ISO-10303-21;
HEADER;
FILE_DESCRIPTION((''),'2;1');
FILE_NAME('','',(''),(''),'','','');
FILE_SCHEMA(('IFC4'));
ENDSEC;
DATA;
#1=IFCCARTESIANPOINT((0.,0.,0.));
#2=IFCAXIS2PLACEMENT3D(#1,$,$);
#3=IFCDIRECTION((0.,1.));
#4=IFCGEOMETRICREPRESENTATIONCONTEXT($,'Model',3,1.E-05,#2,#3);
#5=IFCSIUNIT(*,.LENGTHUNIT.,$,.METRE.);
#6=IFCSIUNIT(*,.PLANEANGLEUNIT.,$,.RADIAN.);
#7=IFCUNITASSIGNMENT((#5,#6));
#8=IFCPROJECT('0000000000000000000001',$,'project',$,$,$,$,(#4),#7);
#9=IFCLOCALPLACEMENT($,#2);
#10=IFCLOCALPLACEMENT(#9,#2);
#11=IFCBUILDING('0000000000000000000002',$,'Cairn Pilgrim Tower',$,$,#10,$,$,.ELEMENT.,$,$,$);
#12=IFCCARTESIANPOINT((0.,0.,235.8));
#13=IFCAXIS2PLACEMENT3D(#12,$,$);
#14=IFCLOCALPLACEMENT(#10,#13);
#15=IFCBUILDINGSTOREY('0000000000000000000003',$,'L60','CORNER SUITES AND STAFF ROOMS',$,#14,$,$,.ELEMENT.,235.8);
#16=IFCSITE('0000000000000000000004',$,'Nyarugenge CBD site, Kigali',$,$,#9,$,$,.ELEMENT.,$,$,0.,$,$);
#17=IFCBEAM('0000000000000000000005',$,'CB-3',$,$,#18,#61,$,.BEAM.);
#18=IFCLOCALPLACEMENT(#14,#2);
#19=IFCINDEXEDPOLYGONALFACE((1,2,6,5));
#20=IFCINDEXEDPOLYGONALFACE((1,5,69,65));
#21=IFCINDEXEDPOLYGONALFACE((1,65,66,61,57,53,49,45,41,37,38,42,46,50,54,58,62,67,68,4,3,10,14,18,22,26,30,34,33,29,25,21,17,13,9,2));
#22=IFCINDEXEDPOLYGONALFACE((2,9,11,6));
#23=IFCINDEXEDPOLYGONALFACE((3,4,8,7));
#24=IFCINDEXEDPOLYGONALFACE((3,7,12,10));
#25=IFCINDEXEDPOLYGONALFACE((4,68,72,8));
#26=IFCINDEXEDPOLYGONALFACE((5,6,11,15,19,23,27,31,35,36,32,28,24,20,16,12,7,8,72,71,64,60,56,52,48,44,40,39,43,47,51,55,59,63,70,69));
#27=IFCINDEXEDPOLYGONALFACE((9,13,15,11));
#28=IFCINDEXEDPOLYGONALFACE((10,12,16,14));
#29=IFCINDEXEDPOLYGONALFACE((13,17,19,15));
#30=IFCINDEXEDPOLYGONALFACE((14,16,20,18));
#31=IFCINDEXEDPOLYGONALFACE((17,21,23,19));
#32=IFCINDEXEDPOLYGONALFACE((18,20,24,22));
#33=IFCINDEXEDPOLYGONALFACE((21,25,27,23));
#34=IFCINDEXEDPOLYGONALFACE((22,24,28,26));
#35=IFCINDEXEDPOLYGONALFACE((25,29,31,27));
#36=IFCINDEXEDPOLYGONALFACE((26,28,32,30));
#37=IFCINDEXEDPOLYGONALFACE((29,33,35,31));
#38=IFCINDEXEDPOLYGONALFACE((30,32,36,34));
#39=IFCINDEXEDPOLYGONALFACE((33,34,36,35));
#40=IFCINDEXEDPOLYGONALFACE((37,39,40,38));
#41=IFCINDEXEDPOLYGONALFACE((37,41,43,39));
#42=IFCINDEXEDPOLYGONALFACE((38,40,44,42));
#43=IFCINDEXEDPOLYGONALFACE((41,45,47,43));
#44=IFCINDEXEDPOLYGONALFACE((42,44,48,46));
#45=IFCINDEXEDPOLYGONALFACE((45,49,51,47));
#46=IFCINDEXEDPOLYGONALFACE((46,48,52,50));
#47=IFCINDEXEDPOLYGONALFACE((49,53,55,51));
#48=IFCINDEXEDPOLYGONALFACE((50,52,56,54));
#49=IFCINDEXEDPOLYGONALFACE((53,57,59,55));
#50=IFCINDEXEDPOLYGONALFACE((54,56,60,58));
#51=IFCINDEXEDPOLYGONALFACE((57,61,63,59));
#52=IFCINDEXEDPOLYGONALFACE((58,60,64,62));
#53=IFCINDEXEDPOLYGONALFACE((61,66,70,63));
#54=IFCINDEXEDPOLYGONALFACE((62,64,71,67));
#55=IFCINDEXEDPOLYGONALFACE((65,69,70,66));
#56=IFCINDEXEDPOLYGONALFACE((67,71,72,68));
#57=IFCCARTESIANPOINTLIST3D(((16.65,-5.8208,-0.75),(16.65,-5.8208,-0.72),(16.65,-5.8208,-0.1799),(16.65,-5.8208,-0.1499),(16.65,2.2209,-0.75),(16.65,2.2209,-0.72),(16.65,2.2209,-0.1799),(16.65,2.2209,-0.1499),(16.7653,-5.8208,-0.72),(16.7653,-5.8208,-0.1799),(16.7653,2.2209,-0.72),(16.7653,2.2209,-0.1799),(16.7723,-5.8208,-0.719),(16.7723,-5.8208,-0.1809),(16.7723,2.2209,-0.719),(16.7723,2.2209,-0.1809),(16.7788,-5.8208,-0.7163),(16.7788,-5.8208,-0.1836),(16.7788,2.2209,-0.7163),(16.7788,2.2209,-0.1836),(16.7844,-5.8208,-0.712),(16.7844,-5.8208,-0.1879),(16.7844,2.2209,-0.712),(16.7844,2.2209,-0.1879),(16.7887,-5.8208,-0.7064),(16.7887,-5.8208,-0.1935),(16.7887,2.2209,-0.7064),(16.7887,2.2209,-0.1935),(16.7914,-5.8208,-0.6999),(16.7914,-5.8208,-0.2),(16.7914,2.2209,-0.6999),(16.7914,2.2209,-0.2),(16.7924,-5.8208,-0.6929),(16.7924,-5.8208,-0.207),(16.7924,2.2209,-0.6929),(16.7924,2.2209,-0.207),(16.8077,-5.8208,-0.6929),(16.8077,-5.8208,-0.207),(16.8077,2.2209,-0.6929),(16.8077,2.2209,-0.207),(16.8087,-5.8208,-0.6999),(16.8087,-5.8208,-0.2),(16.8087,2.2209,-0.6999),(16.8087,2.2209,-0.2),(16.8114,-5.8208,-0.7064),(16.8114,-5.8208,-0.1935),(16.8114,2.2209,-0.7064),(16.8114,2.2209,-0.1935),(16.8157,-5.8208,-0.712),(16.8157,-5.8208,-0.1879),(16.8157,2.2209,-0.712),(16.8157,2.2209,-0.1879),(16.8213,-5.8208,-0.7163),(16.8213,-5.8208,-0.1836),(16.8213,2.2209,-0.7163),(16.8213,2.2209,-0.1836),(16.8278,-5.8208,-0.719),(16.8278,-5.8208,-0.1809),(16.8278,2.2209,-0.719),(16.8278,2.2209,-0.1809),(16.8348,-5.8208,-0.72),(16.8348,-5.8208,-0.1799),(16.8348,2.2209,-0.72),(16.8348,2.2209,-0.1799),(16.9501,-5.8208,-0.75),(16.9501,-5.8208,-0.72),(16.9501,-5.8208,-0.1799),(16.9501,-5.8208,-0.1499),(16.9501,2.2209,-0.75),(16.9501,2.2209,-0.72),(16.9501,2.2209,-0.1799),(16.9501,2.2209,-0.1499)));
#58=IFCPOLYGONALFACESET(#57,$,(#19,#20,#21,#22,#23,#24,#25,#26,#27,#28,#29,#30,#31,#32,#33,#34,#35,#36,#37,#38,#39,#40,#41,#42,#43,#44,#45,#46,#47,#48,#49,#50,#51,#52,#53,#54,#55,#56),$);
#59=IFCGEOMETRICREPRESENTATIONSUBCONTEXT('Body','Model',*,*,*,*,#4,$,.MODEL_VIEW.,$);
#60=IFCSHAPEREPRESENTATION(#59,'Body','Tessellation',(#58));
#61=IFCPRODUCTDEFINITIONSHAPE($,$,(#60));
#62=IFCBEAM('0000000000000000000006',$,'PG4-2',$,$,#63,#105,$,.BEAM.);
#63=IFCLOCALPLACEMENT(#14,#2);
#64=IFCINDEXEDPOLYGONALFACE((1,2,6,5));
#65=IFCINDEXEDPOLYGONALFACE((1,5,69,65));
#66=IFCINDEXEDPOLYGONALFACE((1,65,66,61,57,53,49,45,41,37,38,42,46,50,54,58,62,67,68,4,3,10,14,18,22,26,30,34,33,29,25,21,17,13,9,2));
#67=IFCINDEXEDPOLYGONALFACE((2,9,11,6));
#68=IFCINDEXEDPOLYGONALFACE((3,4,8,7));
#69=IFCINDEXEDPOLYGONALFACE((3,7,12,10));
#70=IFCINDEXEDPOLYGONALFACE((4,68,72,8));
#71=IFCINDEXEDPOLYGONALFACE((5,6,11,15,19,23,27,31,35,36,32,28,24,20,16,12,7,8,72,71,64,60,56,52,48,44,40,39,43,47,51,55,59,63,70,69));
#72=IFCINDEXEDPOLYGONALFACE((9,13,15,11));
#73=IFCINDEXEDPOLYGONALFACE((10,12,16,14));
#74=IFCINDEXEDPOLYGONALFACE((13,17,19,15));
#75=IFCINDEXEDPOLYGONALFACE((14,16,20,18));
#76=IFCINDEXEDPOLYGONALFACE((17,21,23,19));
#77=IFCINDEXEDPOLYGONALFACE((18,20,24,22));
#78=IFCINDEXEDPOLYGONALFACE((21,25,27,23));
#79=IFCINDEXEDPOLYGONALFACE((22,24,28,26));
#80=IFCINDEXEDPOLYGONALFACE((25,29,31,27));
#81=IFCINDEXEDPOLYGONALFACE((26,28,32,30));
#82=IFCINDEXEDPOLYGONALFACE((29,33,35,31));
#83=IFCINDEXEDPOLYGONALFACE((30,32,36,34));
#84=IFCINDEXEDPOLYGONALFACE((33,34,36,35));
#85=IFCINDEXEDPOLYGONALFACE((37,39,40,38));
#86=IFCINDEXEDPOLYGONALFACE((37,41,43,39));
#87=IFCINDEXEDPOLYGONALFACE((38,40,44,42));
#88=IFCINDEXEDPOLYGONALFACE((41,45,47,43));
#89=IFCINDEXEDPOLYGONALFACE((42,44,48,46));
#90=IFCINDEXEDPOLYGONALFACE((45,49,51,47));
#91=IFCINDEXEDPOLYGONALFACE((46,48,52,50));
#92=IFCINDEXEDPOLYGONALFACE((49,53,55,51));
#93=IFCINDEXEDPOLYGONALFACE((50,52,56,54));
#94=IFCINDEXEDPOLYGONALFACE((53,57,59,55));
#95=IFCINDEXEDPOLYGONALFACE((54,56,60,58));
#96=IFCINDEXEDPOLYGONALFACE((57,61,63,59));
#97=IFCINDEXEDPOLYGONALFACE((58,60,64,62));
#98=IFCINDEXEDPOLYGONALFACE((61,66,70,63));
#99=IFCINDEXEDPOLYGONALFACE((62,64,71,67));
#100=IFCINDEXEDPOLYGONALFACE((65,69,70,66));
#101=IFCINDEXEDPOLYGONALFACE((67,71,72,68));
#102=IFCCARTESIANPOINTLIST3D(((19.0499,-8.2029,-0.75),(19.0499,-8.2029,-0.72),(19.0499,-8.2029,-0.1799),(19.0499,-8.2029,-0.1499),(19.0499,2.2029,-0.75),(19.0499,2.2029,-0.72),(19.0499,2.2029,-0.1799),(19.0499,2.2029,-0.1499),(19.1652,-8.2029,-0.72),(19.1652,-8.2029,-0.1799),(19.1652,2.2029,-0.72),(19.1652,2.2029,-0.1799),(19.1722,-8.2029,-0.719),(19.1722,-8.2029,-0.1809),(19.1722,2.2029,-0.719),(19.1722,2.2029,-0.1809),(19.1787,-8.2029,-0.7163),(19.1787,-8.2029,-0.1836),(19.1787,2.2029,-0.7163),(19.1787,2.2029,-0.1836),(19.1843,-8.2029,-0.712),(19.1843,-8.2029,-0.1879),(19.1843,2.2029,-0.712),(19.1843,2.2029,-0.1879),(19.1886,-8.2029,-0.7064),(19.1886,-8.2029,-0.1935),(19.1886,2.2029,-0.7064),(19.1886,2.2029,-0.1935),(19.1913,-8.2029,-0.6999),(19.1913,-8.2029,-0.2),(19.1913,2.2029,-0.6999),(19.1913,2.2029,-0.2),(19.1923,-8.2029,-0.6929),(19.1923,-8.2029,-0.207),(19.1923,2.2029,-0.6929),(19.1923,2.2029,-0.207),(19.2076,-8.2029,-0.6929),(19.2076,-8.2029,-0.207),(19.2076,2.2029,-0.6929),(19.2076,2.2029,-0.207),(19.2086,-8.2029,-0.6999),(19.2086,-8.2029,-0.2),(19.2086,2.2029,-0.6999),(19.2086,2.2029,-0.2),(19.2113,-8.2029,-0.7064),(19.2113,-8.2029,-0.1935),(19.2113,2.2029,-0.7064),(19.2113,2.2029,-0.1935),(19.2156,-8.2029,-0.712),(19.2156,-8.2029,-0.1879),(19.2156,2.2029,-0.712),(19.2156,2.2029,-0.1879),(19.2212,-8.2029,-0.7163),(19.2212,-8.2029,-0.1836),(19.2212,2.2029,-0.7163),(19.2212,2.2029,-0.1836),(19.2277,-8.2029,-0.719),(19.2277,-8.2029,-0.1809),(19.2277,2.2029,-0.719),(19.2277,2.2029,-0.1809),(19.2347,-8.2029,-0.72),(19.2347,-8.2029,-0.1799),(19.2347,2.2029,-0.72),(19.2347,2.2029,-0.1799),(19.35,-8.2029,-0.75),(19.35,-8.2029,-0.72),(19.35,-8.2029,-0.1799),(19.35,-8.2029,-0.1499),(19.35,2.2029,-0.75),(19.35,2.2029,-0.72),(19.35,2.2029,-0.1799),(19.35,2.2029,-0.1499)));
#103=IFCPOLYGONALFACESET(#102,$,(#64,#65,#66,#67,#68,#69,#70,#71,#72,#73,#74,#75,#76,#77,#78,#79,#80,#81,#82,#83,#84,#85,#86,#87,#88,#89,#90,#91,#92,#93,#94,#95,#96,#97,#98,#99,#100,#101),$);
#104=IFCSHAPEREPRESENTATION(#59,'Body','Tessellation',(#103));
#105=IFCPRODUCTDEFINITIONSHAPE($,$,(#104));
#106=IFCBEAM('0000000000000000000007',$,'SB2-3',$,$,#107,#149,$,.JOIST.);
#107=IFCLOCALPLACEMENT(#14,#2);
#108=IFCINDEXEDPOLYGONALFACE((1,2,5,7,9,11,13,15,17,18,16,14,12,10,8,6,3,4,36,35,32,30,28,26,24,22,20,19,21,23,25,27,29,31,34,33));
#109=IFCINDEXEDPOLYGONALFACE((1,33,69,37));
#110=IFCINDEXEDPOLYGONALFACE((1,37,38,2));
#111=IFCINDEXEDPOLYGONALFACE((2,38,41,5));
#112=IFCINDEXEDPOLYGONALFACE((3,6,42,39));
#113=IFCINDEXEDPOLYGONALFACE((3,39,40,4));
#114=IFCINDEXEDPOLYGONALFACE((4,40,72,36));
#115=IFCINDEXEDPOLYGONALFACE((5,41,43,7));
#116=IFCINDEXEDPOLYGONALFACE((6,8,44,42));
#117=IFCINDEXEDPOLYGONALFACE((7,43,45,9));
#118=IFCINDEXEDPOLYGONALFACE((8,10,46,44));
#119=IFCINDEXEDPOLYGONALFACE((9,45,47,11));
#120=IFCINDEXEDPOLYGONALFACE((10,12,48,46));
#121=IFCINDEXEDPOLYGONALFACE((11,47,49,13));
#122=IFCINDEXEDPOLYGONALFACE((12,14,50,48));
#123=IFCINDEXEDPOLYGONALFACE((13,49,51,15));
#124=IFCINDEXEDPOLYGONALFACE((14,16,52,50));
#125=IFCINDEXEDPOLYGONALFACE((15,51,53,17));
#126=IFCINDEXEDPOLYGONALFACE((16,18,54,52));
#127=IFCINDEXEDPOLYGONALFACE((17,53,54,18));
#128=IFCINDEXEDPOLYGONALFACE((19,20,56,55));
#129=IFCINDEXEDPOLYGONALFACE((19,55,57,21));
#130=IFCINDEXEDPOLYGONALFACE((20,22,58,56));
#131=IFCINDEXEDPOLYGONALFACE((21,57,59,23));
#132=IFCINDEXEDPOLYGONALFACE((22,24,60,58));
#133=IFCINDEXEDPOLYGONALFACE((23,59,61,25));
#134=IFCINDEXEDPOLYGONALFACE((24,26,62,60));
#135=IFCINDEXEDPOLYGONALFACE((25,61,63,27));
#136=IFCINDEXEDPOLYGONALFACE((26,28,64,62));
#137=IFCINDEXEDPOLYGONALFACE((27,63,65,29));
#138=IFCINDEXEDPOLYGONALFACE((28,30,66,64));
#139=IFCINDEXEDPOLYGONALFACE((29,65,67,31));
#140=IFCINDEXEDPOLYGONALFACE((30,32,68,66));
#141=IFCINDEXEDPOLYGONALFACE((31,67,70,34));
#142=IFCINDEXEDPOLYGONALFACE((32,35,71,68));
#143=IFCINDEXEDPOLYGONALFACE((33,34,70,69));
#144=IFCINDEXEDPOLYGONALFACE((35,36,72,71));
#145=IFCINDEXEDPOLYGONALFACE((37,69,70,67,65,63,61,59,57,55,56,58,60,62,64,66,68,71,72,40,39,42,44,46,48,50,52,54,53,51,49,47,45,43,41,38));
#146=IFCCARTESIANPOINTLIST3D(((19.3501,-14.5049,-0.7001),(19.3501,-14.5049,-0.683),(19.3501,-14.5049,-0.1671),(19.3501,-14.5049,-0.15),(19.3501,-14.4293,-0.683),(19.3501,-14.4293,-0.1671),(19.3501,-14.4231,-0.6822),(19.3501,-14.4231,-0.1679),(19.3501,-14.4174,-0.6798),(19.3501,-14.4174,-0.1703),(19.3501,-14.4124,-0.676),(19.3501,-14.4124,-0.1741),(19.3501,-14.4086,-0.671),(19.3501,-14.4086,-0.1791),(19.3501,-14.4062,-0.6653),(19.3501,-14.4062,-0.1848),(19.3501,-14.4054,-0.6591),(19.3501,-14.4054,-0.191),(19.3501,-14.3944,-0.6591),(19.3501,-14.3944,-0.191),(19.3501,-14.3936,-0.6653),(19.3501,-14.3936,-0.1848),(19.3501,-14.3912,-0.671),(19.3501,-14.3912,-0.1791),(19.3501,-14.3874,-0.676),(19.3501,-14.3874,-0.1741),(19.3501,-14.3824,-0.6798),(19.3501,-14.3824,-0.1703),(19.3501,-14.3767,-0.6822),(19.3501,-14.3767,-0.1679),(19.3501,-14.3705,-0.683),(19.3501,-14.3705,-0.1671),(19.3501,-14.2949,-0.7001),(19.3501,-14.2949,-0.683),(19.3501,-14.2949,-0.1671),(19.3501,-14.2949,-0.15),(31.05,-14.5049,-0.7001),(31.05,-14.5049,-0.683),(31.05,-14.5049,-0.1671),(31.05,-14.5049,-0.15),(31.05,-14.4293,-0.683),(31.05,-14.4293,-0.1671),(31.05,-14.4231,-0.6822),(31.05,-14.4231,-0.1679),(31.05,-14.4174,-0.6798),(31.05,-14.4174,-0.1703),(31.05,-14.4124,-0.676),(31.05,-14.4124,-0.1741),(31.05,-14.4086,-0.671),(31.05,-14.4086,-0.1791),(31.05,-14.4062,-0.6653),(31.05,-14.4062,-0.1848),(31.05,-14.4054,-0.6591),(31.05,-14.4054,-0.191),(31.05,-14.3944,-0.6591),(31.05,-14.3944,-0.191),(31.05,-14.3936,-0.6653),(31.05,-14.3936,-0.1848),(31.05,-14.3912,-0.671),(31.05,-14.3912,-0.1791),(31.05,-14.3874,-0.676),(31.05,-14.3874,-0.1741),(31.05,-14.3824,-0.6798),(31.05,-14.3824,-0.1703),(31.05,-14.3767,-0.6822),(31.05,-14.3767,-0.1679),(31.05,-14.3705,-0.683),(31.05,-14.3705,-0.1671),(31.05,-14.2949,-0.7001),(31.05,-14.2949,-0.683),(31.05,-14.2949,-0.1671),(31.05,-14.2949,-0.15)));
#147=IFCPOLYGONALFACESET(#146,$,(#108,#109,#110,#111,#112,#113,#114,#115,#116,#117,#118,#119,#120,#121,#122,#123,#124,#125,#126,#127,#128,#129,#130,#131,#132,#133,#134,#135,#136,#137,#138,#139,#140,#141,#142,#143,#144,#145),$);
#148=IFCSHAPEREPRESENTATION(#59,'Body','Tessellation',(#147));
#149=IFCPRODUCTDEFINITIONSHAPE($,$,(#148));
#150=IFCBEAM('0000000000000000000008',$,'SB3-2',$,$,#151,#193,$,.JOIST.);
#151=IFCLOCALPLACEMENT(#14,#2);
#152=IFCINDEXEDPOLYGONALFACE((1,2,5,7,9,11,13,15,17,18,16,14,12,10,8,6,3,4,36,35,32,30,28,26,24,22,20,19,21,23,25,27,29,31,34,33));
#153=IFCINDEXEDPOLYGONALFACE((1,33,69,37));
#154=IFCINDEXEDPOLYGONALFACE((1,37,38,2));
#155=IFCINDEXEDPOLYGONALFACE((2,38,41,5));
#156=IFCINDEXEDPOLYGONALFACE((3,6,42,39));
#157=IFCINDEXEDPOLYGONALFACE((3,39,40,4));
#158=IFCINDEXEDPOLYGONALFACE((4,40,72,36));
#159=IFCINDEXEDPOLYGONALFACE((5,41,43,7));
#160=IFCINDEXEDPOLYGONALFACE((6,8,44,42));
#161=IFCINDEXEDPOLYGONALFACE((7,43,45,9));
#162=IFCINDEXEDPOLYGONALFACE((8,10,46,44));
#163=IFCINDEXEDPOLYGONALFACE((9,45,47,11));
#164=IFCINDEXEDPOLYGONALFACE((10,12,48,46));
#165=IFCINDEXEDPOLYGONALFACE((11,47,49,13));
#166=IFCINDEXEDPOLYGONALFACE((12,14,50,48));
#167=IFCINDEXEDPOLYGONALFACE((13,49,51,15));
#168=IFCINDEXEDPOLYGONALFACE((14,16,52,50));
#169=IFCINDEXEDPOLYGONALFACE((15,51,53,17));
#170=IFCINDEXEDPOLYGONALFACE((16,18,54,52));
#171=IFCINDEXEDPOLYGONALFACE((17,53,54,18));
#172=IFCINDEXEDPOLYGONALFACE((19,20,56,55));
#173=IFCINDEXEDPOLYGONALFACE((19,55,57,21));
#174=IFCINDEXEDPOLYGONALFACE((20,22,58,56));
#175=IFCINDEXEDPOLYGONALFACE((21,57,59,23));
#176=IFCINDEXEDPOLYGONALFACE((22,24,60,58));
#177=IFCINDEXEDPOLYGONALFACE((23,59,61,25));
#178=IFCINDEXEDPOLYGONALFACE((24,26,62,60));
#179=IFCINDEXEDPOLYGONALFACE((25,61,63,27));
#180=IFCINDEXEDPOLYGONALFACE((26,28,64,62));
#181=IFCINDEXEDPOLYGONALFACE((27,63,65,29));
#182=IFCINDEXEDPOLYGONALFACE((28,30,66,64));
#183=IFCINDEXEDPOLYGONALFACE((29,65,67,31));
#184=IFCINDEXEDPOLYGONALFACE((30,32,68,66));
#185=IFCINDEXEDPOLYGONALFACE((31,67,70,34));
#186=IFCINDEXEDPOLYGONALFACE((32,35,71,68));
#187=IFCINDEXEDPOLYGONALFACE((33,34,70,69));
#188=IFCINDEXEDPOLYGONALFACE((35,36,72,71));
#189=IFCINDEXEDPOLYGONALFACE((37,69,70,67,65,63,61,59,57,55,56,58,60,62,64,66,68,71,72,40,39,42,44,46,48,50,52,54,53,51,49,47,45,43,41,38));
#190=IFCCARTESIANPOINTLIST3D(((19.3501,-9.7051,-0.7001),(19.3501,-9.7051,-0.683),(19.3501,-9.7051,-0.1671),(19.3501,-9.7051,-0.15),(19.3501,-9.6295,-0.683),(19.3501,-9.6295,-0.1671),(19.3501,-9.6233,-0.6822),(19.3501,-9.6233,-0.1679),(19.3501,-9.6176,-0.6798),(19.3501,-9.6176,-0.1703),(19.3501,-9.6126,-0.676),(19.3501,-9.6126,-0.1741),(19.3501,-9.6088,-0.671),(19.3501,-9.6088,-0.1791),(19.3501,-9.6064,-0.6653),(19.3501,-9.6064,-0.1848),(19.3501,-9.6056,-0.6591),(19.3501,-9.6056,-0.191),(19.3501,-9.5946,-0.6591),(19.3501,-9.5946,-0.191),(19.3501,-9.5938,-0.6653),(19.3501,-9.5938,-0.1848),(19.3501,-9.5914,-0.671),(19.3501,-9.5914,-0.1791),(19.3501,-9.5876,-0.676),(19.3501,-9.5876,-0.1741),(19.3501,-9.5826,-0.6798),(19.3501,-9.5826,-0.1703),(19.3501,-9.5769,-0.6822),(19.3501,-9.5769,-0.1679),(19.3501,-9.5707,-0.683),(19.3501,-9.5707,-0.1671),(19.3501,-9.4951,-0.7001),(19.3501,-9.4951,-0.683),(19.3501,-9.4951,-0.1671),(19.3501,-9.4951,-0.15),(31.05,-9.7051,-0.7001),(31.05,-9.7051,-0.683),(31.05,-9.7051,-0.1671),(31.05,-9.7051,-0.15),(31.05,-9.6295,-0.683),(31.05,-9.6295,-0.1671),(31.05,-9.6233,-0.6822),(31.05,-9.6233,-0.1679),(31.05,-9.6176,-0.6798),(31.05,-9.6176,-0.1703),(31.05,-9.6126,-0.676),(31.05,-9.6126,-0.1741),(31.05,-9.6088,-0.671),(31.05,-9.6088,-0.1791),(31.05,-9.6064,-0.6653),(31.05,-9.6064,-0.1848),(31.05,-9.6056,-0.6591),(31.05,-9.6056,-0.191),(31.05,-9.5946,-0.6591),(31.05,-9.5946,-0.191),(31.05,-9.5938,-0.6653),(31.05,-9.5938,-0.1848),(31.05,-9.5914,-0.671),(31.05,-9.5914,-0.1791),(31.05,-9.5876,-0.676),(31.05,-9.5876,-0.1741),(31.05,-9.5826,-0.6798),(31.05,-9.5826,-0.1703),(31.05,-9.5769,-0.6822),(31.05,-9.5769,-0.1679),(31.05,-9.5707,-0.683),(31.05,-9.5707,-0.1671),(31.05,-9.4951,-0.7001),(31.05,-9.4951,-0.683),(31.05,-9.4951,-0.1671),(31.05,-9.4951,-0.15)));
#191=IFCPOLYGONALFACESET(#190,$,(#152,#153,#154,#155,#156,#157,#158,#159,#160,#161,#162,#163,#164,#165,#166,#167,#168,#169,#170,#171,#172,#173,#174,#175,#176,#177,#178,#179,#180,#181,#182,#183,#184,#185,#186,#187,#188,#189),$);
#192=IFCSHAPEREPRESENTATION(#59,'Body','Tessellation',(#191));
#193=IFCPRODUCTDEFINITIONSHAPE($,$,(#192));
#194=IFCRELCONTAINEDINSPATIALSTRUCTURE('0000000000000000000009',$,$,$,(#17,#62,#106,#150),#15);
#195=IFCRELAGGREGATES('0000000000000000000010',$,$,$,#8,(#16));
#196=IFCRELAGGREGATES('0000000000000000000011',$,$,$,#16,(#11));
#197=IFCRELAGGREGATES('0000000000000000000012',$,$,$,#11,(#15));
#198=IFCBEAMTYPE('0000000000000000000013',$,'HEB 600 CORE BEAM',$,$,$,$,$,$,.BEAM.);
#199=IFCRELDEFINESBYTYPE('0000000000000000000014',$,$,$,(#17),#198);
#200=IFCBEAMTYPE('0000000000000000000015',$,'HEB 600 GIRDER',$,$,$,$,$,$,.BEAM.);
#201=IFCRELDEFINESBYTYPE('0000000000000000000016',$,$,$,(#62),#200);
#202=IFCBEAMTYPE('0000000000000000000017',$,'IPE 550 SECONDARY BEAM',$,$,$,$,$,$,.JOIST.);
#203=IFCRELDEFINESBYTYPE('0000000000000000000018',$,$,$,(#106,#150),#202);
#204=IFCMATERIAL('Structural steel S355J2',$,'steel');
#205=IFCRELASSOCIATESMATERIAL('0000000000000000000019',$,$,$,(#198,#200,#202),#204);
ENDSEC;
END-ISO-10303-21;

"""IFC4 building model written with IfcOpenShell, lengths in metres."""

from ifc_helpers import new_model, si_unit, direction, frame, origin, origin_2d, place, context, subcontext, project, spatial, i_section, extrude, material, material_profile, profile_set, type_object, element, save


model = new_model("IFC4")

# Units and contexts
model_context = context("Model", 3, precision=1e-05, world=origin(), true_north=direction((0.0, 1.0)))
body_context = subcontext(model_context, "Body", "Model", "MODEL_VIEW")
ifc_project = project(units=[si_unit("LENGTHUNIT", "METRE"), si_unit("PLANEANGLEUNIT", "RADIAN")], contexts=[model_context])

# Site, building, storey
site_placement = place(None, origin())
site = spatial("IfcSite", under=ifc_project, at=site_placement, Name="Nyarugenge CBD site, Kigali", CompositionType="ELEMENT", RefElevation=0.0)
building_placement = place(site_placement, origin())
building = spatial("IfcBuilding", under=site, at=building_placement, Name="Cairn Pilgrim Tower", CompositionType="ELEMENT")
storey_placement = place(building_placement, frame((0.0, 0.0, 235.8)))
storey = spatial("IfcBuildingStorey", under=building, at=storey_placement, Name="L60", Description="CORNER SUITES AND STAFF ROOMS", CompositionType="ELEMENT", Elevation=235.8)

# Shared definitions
ifc_material_1 = material(Name="Structural steel S355J2", Category="steel")

# Beams
ifc_material_profile_1 = material_profile(ifc_material_1, i_section(OverallWidth=0.3, OverallDepth=0.6001, WebThickness=0.0154, FlangeThickness=0.03, FilletRadius=0.0271, at=origin_2d()), Name="HEB 600")
ifc_profile_set_1 = profile_set([ifc_material_profile_1], Name="Structural steel S355J2")
beam_type_1 = type_object("IfcBeamType", Name="HEB 600 CORE BEAM", PredefinedType="BEAM", material=ifc_profile_set_1)
beam_1_placement = place(storey_placement, frame((16.8, -5.8208, -0.45), z_axis=(0.0, 1.0, 0.0), x_axis=(-1.0, 0.0, 0.0)))
element("IfcBeam", 1, at=beam_1_placement, inside=storey, type_object=beam_type_1, Name="CB-3", PredefinedType="BEAM", context=body_context, shape_type="SweptSolid", body=[
    extrude(i_section(OverallWidth=0.3, OverallDepth=0.6001, WebThickness=0.0154, FlangeThickness=0.03, FilletRadius=0.0271, at=origin_2d()), origin(), (0.0, 0.0, 1.0), 8.0417),
])
ifc_material_profile_2 = material_profile(ifc_material_1, i_section(OverallWidth=0.3, OverallDepth=0.6001, WebThickness=0.0154, FlangeThickness=0.03, FilletRadius=0.0271, at=origin_2d()), Name="HEB 600")
ifc_profile_set_2 = profile_set([ifc_material_profile_2], Name="Structural steel S355J2")
beam_type_2 = type_object("IfcBeamType", Name="HEB 600 GIRDER", PredefinedType="BEAM", material=ifc_profile_set_2)
beam_2_placement = place(storey_placement, frame((19.2, -8.2029, -0.45), z_axis=(0.0, 1.0, 0.0), x_axis=(-1.0, 0.0, 0.0)))
element("IfcBeam", 2, at=beam_2_placement, inside=storey, type_object=beam_type_2, Name="PG4-2", PredefinedType="BEAM", context=body_context, shape_type="SweptSolid", body=[
    extrude(i_section(OverallWidth=0.3, OverallDepth=0.6001, WebThickness=0.0154, FlangeThickness=0.03, FilletRadius=0.0271, at=origin_2d()), origin(), (0.0, 0.0, 1.0), 10.4058),
])
ifc_material_profile_3 = material_profile(ifc_material_1, i_section(OverallWidth=0.21, OverallDepth=0.55, WebThickness=0.011, FlangeThickness=0.0171, FilletRadius=0.0239, at=origin_2d()), Name="IPE 550")
ifc_profile_set_3 = profile_set([ifc_material_profile_3], Name="Structural steel S355J2")
beam_type_3 = type_object("IfcBeamType", Name="IPE 550 SECONDARY BEAM", PredefinedType="JOIST", material=ifc_profile_set_3)
for number, where, z_axis, x_axis, name in (
    (3, (19.3501, -14.3999, -0.425), (1.0, 0.0, 0.0), (0.0, 1.0, 0.0), "SB2-3"),
    (4, (19.3501, -9.6001, -0.425), (1.0, 0.0, 0.0), (0.0, 1.0, 0.0), "SB3-2"),
):
    element("IfcBeam", number, at=place(storey_placement, frame(where, z_axis=z_axis, x_axis=x_axis)), inside=storey, type_object=beam_type_3, Name=name, PredefinedType="JOIST", context=body_context, shape_type="SweptSolid", body=[
        extrude(i_section(OverallWidth=0.21, OverallDepth=0.55, WebThickness=0.011, FlangeThickness=0.0171, FilletRadius=0.0239, at=origin_2d()), origin(), (0.0, 0.0, 1.0), 11.7),
    ])

save(model, "model.ifc")
